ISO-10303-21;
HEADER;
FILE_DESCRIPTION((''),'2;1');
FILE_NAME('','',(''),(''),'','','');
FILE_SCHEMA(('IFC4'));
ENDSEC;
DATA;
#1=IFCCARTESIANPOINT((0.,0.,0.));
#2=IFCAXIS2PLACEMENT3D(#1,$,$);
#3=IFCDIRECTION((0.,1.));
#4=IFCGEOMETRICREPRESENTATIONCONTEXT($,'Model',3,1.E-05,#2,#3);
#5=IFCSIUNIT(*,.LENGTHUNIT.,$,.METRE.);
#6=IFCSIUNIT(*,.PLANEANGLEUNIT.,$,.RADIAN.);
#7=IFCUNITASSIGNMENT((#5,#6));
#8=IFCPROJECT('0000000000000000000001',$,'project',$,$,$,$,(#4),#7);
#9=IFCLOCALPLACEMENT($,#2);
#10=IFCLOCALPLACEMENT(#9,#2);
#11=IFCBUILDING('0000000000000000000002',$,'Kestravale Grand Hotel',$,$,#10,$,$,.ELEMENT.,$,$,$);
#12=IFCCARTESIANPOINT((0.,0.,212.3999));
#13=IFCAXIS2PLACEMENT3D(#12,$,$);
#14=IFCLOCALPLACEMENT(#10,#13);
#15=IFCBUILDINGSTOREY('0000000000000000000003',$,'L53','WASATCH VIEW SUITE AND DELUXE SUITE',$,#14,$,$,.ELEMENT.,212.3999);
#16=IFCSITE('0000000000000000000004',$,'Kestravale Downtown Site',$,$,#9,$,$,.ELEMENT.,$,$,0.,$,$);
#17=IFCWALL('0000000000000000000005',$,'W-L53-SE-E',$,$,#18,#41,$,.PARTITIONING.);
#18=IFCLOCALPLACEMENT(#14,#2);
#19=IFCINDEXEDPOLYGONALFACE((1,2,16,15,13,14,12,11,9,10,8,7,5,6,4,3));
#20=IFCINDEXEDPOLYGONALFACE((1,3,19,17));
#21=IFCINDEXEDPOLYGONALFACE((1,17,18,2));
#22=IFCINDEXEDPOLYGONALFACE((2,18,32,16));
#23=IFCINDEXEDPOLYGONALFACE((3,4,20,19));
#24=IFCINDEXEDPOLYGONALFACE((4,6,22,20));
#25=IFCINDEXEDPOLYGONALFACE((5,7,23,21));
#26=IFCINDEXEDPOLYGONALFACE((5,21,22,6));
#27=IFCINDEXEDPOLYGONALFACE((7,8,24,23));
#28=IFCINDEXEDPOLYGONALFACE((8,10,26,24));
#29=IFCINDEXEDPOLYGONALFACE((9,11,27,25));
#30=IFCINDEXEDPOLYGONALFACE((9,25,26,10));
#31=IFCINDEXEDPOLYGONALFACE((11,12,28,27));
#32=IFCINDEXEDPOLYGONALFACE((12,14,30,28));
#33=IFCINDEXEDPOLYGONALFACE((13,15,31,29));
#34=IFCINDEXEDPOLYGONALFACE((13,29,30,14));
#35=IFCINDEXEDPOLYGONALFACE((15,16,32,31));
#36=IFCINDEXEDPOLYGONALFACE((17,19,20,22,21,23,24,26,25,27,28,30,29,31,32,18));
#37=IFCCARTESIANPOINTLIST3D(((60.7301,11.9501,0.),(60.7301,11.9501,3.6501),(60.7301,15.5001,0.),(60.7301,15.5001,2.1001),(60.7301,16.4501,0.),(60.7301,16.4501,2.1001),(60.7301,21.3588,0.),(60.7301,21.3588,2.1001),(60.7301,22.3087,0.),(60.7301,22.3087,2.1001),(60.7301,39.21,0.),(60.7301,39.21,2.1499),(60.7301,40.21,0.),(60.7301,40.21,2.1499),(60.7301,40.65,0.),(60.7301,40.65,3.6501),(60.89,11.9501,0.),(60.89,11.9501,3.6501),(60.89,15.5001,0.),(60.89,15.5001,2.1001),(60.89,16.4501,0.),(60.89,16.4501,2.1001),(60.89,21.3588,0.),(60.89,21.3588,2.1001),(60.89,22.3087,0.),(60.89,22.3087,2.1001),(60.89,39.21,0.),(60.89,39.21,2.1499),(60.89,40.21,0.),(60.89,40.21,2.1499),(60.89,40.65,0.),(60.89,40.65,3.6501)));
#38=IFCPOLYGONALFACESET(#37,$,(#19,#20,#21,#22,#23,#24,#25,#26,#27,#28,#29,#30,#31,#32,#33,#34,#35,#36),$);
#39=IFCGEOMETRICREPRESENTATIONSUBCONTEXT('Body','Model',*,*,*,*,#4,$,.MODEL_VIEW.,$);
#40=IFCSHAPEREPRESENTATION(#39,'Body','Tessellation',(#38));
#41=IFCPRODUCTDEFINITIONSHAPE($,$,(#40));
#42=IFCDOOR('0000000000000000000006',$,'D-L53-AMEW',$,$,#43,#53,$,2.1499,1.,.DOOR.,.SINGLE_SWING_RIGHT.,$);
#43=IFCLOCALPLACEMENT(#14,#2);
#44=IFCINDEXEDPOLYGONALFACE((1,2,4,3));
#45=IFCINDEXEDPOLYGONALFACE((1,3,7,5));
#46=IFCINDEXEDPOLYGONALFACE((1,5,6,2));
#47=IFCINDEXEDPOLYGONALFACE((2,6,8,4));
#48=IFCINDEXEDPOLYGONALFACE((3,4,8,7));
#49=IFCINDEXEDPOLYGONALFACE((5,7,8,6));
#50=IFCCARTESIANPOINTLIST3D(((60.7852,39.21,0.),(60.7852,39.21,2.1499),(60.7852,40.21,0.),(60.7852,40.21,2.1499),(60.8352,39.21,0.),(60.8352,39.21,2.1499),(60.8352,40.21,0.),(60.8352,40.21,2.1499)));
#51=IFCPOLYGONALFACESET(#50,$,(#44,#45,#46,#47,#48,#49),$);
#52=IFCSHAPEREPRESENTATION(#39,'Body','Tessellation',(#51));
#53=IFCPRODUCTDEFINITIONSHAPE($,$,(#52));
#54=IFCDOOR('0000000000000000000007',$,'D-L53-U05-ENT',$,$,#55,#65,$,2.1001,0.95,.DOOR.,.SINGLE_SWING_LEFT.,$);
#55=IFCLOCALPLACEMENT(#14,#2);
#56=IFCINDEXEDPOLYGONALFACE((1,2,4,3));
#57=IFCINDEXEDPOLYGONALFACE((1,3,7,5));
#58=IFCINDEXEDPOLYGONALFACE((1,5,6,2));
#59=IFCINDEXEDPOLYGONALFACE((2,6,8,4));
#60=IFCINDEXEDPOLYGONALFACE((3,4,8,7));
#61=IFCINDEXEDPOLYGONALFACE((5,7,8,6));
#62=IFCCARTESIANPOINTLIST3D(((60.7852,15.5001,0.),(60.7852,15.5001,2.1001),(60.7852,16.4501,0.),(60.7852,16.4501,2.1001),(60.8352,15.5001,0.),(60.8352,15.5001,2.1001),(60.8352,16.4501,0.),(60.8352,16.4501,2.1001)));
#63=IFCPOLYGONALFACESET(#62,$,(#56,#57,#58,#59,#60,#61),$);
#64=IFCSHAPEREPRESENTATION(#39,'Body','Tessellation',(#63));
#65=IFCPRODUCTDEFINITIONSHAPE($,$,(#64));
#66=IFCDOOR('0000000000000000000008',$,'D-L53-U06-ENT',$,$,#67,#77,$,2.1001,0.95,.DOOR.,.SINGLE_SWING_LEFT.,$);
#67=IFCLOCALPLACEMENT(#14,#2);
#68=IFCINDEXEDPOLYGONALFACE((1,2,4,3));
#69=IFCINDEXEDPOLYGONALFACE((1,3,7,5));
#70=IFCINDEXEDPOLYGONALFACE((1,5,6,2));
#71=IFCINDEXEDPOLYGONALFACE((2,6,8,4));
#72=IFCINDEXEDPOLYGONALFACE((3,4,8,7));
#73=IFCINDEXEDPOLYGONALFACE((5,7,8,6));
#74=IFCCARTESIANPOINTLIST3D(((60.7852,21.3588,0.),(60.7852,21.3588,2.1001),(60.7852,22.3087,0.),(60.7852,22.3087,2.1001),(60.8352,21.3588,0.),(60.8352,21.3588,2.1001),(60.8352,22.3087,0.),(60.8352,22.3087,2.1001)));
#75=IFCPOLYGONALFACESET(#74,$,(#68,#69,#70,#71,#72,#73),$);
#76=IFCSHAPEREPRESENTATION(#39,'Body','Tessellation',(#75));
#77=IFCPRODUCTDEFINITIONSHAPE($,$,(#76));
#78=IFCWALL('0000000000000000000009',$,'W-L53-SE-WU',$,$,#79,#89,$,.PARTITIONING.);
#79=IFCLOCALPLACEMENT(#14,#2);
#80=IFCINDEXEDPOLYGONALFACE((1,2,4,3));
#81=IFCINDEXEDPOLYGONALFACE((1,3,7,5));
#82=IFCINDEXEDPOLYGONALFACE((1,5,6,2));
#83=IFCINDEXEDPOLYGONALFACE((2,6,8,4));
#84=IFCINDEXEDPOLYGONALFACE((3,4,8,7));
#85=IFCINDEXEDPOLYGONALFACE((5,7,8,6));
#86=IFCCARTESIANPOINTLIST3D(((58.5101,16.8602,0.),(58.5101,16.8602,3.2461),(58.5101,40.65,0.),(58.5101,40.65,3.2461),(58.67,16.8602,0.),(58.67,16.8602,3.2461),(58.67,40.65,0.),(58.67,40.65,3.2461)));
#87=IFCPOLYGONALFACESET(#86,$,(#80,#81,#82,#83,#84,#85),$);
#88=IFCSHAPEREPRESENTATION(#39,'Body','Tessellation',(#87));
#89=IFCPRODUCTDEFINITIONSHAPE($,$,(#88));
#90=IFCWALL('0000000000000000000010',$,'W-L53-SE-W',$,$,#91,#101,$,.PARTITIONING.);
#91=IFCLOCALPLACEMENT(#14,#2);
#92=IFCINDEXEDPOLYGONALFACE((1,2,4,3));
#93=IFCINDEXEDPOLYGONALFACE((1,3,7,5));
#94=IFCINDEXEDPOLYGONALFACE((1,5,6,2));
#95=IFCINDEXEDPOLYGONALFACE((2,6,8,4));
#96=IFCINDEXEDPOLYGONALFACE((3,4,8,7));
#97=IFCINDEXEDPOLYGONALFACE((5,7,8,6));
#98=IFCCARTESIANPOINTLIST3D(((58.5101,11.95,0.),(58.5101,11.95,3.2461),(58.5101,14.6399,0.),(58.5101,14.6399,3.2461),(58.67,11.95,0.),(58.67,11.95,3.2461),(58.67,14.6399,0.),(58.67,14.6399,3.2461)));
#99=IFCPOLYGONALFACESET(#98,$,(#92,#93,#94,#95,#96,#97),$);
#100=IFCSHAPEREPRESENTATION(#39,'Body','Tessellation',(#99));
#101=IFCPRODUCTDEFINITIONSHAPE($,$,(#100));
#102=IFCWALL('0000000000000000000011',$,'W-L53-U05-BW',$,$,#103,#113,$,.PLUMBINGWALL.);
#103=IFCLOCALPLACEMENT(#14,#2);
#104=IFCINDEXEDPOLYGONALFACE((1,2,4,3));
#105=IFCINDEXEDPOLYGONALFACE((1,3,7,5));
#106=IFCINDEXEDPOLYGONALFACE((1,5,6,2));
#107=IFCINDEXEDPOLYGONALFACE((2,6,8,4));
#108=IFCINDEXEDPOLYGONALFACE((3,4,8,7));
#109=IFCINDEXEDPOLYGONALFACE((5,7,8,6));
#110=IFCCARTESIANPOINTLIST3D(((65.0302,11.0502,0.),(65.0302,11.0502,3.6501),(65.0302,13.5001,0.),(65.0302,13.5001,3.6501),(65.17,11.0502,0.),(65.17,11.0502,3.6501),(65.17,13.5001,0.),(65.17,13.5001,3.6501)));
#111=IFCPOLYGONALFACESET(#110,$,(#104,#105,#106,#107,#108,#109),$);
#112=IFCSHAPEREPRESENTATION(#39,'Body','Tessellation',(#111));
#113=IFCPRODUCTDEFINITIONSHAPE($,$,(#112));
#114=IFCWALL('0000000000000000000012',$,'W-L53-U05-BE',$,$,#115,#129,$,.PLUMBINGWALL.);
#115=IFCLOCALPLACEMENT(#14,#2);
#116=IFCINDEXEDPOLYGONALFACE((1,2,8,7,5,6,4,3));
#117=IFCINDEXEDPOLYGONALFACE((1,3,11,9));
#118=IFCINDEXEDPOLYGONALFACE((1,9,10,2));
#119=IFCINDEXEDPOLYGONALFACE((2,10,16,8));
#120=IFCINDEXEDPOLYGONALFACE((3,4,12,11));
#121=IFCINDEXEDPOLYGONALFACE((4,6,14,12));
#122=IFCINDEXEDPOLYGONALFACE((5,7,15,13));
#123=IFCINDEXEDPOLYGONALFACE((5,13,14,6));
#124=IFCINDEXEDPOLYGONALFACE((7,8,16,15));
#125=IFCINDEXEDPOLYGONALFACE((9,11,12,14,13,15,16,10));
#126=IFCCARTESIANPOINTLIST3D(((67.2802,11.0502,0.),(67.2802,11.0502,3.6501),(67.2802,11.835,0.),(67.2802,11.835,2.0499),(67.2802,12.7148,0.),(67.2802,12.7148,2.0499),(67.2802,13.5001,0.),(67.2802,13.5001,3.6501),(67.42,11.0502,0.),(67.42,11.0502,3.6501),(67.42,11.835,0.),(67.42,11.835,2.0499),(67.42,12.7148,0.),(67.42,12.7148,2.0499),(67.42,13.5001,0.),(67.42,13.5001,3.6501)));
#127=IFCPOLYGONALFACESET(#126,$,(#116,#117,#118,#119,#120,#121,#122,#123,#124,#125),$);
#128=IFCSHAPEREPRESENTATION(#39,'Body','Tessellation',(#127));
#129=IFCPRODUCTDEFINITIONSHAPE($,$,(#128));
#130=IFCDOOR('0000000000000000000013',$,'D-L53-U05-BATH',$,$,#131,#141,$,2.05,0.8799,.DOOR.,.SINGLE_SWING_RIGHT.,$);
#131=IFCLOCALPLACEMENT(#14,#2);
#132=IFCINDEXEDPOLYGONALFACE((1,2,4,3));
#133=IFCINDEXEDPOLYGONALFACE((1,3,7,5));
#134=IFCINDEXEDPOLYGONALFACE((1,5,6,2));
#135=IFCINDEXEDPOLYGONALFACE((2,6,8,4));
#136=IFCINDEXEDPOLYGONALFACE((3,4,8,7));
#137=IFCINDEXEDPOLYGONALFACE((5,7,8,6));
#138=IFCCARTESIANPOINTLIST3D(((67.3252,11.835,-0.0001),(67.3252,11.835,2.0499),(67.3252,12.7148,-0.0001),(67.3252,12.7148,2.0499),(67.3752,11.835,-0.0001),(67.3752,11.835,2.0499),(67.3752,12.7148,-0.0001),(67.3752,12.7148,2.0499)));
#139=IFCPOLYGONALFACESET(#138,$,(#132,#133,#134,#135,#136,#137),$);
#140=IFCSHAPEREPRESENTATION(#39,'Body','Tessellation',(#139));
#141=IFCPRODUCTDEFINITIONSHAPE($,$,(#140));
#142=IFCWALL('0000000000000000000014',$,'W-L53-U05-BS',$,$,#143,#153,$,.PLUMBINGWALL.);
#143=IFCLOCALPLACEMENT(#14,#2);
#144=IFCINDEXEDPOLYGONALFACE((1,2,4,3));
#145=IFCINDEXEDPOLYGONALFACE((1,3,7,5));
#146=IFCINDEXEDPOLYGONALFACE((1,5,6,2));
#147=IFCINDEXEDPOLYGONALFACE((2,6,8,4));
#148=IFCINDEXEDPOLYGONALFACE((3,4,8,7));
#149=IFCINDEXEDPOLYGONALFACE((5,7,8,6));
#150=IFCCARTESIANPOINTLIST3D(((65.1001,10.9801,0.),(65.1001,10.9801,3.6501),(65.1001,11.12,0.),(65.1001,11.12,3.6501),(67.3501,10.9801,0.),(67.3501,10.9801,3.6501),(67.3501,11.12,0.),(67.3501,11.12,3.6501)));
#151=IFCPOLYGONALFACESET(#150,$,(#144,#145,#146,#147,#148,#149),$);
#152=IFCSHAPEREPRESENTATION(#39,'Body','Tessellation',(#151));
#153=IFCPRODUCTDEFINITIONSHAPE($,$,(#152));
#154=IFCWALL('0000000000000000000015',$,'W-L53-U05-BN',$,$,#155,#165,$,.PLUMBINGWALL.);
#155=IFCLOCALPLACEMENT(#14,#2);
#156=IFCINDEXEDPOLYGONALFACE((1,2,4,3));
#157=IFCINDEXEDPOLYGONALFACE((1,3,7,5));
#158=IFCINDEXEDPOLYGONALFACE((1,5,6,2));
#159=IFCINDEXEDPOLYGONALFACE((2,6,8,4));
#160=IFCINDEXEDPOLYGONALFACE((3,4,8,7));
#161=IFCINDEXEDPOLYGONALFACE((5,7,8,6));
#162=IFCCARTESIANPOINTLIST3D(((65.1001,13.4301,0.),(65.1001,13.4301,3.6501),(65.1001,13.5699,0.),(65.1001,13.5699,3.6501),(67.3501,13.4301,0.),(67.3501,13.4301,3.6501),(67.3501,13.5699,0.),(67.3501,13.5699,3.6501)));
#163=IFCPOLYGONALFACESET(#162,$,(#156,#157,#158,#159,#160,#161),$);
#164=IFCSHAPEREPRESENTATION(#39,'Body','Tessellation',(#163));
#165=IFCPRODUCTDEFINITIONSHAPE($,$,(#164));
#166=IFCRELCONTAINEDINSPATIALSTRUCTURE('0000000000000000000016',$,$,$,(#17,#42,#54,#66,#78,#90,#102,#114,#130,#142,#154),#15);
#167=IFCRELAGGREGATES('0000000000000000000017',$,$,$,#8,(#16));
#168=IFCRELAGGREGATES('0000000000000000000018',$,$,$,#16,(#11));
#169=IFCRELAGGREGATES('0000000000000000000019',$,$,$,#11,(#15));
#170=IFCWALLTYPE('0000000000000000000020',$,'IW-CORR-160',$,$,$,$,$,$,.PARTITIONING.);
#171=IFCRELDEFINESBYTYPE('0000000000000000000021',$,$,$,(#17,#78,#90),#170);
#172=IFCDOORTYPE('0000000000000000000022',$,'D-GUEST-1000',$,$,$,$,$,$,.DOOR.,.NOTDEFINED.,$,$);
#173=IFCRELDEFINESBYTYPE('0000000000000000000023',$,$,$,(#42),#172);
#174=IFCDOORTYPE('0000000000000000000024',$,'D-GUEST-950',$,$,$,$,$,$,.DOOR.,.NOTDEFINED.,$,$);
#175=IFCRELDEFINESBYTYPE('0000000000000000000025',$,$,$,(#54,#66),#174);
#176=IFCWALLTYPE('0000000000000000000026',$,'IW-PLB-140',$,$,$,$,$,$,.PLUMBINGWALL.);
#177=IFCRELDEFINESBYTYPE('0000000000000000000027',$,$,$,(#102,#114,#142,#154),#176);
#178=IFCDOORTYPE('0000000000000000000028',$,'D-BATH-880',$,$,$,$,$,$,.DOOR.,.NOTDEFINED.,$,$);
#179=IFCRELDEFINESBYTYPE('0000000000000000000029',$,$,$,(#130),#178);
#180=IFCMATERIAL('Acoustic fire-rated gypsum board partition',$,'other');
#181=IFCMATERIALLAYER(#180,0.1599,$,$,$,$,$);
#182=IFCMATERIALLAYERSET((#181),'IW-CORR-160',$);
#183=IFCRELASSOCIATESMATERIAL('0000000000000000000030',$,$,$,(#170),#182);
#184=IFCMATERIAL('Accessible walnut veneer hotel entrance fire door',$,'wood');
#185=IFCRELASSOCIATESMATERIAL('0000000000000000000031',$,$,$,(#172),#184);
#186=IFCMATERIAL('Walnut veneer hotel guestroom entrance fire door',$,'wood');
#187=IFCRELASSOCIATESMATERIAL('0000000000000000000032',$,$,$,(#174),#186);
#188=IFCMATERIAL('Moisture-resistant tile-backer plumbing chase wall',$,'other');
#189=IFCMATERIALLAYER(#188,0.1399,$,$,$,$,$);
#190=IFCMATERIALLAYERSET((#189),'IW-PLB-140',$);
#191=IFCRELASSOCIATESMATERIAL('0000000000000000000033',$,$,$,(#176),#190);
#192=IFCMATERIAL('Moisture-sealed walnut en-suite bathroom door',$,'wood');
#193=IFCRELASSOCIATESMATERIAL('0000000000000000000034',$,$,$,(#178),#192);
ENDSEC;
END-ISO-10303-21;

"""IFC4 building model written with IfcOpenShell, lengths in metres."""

from ifc_helpers import new_model, si_unit, direction, frame, frame_2d, origin, place, context, subcontext, project, spatial, rectangle, extrude, material, layer, layer_set, type_object, element, fill, save


model = new_model("IFC4")

# Units and contexts
model_context = context("Model", 3, precision=1e-05, world=origin(), true_north=direction((0.0, 1.0)))
body_context = subcontext(model_context, "Body", "Model", "MODEL_VIEW")
ifc_project = project(units=[si_unit("LENGTHUNIT", "METRE"), si_unit("PLANEANGLEUNIT", "RADIAN")], contexts=[model_context])

# Site, building, storey
site_placement = place(None, origin())
site = spatial("IfcSite", under=ifc_project, at=site_placement, Name="Kestravale Downtown Site", CompositionType="ELEMENT", RefElevation=0.0)
building_placement = place(site_placement, origin())
building = spatial("IfcBuilding", under=site, at=building_placement, Name="Kestravale Grand Hotel", CompositionType="ELEMENT")
storey_placement = place(building_placement, frame((0.0, 0.0, 212.3999)))
storey = spatial("IfcBuildingStorey", under=building, at=storey_placement, Name="L53", Description="WASATCH VIEW SUITE AND DELUXE SUITE", CompositionType="ELEMENT", Elevation=212.3999)

# Wall, openings, doors
ifc_material_1 = material(Name="Acoustic fire-rated gypsum board partition", Category="other")
ifc_layer_1 = layer(ifc_material_1, 0.1599)
ifc_layer_set_1 = layer_set([ifc_layer_1], Name="IW-CORR-160")
wall_type_1 = type_object("IfcWallType", Name="IW-CORR-160", PredefinedType="PARTITIONING", material=ifc_layer_set_1)
wall_1_placement = place(storey_placement, frame((60.8101, 11.95, 0.0), z_axis=(0.0, 0.0, 1.0), x_axis=(0.0, 1.0, 0.0)))
wall_1 = element("IfcWall", 1, at=wall_1_placement, inside=storey, type_object=wall_type_1, Name="W-L53-SE-E", PredefinedType="PARTITIONING", context=body_context, shape_type="SweptSolid", body=[
    extrude(rectangle(XDim=28.7, YDim=0.1599, at=frame_2d((14.3501, 0.0))), origin(), (0.0, 0.0, 1.0), 3.6501),
])
opening_1_placement = place(wall_1_placement, frame((3.55, 0.0, 0.0)))
opening_1 = element("IfcOpeningElement", 2, at=opening_1_placement, cuts=wall_1, PredefinedType="OPENING", context=body_context, shape_type="SweptSolid", body=[
    extrude(rectangle(XDim=0.95, YDim=2.1001, at=frame_2d((0.4751, 1.05))), frame((0.0, 0.0898, 0.0), z_axis=(0.0, -1.0, 0.0), x_axis=(1.0, 0.0, 0.0)), (0.0, 0.0, 1.0), 0.1799),
])
opening_2_placement = place(wall_1_placement, frame((9.4087, 0.0, 0.0)))
opening_2 = element("IfcOpeningElement", 3, at=opening_2_placement, cuts=wall_1, PredefinedType="OPENING", context=body_context, shape_type="SweptSolid", body=[
    extrude(rectangle(XDim=0.95, YDim=2.1001, at=frame_2d((0.4751, 1.05))), frame((0.0, 0.0898, 0.0), z_axis=(0.0, -1.0, 0.0), x_axis=(1.0, 0.0, 0.0)), (0.0, 0.0, 1.0), 0.1799),
])
opening_3_placement = place(wall_1_placement, frame((27.26, 0.0, 0.0)))
opening_3 = element("IfcOpeningElement", 4, at=opening_3_placement, cuts=wall_1, PredefinedType="OPENING", context=body_context, shape_type="SweptSolid", body=[
    extrude(rectangle(XDim=1.0, YDim=2.1499, at=frame_2d((0.5, 1.075))), frame((0.0, 0.0898, 0.0), z_axis=(0.0, -1.0, 0.0), x_axis=(1.0, 0.0, 0.0)), (0.0, 0.0, 1.0), 0.1799),
])
ifc_material_2 = material(Name="Accessible walnut veneer hotel entrance fire door", Category="wood")
door_type_1 = type_object("IfcDoorType", Name="D-GUEST-1000", OperationType="NOTDEFINED", PredefinedType="DOOR", material=ifc_material_2)
door_1_placement = place(opening_3_placement, origin())
door_1 = element("IfcDoor", 5, at=door_1_placement, inside=storey, type_object=door_type_1, Name="D-L53-AMEW", OperationType="SINGLE_SWING_RIGHT", OverallHeight=2.1499, OverallWidth=1.0, PredefinedType="DOOR", context=body_context, shape_type="SweptSolid", body=[
    extrude(rectangle(XDim=1.0, YDim=2.1499, at=frame_2d((0.5, 1.075))), frame((0.0, 0.0249, 0.0), z_axis=(0.0, -1.0, 0.0), x_axis=(1.0, 0.0, 0.0)), (0.0, 0.0, 1.0), 0.05),
])
fill(opening_3, door_1)
ifc_material_3 = material(Name="Walnut veneer hotel guestroom entrance fire door", Category="wood")
door_type_2 = type_object("IfcDoorType", Name="D-GUEST-950", OperationType="NOTDEFINED", PredefinedType="DOOR", material=ifc_material_3)
door_2_placement = place(opening_1_placement, origin())
door_2 = element("IfcDoor", 6, at=door_2_placement, inside=storey, type_object=door_type_2, Name="D-L53-U05-ENT", OperationType="SINGLE_SWING_LEFT", OverallHeight=2.1001, OverallWidth=0.95, PredefinedType="DOOR", context=body_context, shape_type="SweptSolid", body=[
    extrude(rectangle(XDim=0.95, YDim=2.1001, at=frame_2d((0.4751, 1.05))), frame((0.0, 0.0249, 0.0), z_axis=(0.0, -1.0, 0.0), x_axis=(1.0, 0.0, 0.0)), (0.0, 0.0, 1.0), 0.05),
])
fill(opening_1, door_2)
door_3_placement = place(opening_2_placement, origin())
door_3 = element("IfcDoor", 7, at=door_3_placement, inside=storey, type_object=door_type_2, Name="D-L53-U06-ENT", OperationType="SINGLE_SWING_LEFT", OverallHeight=2.1001, OverallWidth=0.95, PredefinedType="DOOR", context=body_context, shape_type="SweptSolid", body=[
    extrude(rectangle(XDim=0.95, YDim=2.1001, at=frame_2d((0.4751, 1.05))), frame((0.0, 0.0249, 0.0), z_axis=(0.0, -1.0, 0.0), x_axis=(1.0, 0.0, 0.0)), (0.0, 0.0, 1.0), 0.05),
])
fill(opening_2, door_3)

# Walls
wall_2_placement = place(storey_placement, frame((58.5901, 16.8601, 0.0), z_axis=(0.0, 0.0, 1.0), x_axis=(0.0, 1.0, 0.0)))
element("IfcWall", 8, at=wall_2_placement, inside=storey, type_object=wall_type_1, Name="W-L53-SE-WU", PredefinedType="PARTITIONING", context=body_context, shape_type="SweptSolid", body=[
    extrude(rectangle(XDim=23.7898, YDim=0.1599, at=frame_2d((11.895, 0.0))), origin(), (0.0, 0.0, 1.0), 3.2461),
])
wall_3_placement = place(storey_placement, frame((58.5901, 11.95, 0.0), z_axis=(0.0, 0.0, 1.0), x_axis=(0.0, 1.0, 0.0)))
element("IfcWall", 9, at=wall_3_placement, inside=storey, type_object=wall_type_1, Name="W-L53-SE-W", PredefinedType="PARTITIONING", context=body_context, shape_type="SweptSolid", body=[
    extrude(rectangle(XDim=2.6899, YDim=0.1599, at=frame_2d((1.345, 0.0))), origin(), (0.0, 0.0, 1.0), 3.2461),
])
ifc_material_4 = material(Name="Moisture-resistant tile-backer plumbing chase wall", Category="other")
ifc_layer_2 = layer(ifc_material_4, 0.1399)
ifc_layer_set_2 = layer_set([ifc_layer_2], Name="IW-PLB-140")
wall_type_2 = type_object("IfcWallType", Name="IW-PLB-140", PredefinedType="PLUMBINGWALL", material=ifc_layer_set_2)
wall_4_placement = place(storey_placement, frame((65.1001, 11.05, 0.0), z_axis=(0.0, 0.0, 1.0), x_axis=(0.0, 1.0, 0.0)))
element("IfcWall", 10, at=wall_4_placement, inside=storey, type_object=wall_type_2, Name="W-L53-U05-BW", PredefinedType="PLUMBINGWALL", context=body_context, shape_type="SweptSolid", body=[
    extrude(rectangle(XDim=2.45, YDim=0.1399, at=frame_2d((1.2251, 0.0))), origin(), (0.0, 0.0, 1.0), 3.6501),
])

# Wall, opening, door
wall_5_placement = place(storey_placement, frame((67.3501, 11.05, 0.0), z_axis=(0.0, 0.0, 1.0), x_axis=(0.0, 1.0, 0.0)))
wall_5 = element("IfcWall", 11, at=wall_5_placement, inside=storey, type_object=wall_type_2, Name="W-L53-U05-BE", PredefinedType="PLUMBINGWALL", context=body_context, shape_type="SweptSolid", body=[
    extrude(rectangle(XDim=2.45, YDim=0.1399, at=frame_2d((1.2251, 0.0))), origin(), (0.0, 0.0, 1.0), 3.6501),
])
opening_4_placement = place(wall_5_placement, frame((0.7849, 0.0, 0.0)))
opening_4 = element("IfcOpeningElement", 12, at=opening_4_placement, cuts=wall_5, PredefinedType="OPENING", context=body_context, shape_type="SweptSolid", body=[
    extrude(rectangle(XDim=0.8799, YDim=2.05, at=frame_2d((0.4399, 1.0249))), frame((0.0, 0.0798, 0.0), z_axis=(0.0, -1.0, 0.0), x_axis=(1.0, 0.0, 0.0)), (0.0, 0.0, 1.0), 0.1599),
])
ifc_material_5 = material(Name="Moisture-sealed walnut en-suite bathroom door", Category="wood")
door_type_3 = type_object("IfcDoorType", Name="D-BATH-880", OperationType="NOTDEFINED", PredefinedType="DOOR", material=ifc_material_5)
door_4_placement = place(opening_4_placement, origin())
door_4 = element("IfcDoor", 13, at=door_4_placement, inside=storey, type_object=door_type_3, Name="D-L53-U05-BATH", OperationType="SINGLE_SWING_RIGHT", OverallHeight=2.05, OverallWidth=0.8799, PredefinedType="DOOR", context=body_context, shape_type="SweptSolid", body=[
    extrude(rectangle(XDim=0.8799, YDim=2.05, at=frame_2d((0.4399, 1.0249))), frame((0.0, 0.0249, 0.0), z_axis=(0.0, -1.0, 0.0), x_axis=(1.0, 0.0, 0.0)), (0.0, 0.0, 1.0), 0.05),
])
fill(opening_4, door_4)

# Walls
for number, where, z_axis, x_axis, name in (
    (14, (65.1001, 11.05, 0.0), (0.0, 0.0, 1.0), (1.0, 0.0, 0.0), "W-L53-U05-BS"),
    (15, (65.1001, 13.5, 0.0), (0.0, 0.0, 1.0), (1.0, 0.0, 0.0), "W-L53-U05-BN"),
):
    element("IfcWall", number, at=place(storey_placement, frame(where, z_axis=z_axis, x_axis=x_axis)), inside=storey, type_object=wall_type_2, Name=name, PredefinedType="PLUMBINGWALL", context=body_context, shape_type="SweptSolid", body=[
        extrude(rectangle(XDim=2.25, YDim=0.1399, at=frame_2d((1.125, 0.0))), origin(), (0.0, 0.0, 1.0), 3.6501),
    ])

save(model, "model.ifc")
